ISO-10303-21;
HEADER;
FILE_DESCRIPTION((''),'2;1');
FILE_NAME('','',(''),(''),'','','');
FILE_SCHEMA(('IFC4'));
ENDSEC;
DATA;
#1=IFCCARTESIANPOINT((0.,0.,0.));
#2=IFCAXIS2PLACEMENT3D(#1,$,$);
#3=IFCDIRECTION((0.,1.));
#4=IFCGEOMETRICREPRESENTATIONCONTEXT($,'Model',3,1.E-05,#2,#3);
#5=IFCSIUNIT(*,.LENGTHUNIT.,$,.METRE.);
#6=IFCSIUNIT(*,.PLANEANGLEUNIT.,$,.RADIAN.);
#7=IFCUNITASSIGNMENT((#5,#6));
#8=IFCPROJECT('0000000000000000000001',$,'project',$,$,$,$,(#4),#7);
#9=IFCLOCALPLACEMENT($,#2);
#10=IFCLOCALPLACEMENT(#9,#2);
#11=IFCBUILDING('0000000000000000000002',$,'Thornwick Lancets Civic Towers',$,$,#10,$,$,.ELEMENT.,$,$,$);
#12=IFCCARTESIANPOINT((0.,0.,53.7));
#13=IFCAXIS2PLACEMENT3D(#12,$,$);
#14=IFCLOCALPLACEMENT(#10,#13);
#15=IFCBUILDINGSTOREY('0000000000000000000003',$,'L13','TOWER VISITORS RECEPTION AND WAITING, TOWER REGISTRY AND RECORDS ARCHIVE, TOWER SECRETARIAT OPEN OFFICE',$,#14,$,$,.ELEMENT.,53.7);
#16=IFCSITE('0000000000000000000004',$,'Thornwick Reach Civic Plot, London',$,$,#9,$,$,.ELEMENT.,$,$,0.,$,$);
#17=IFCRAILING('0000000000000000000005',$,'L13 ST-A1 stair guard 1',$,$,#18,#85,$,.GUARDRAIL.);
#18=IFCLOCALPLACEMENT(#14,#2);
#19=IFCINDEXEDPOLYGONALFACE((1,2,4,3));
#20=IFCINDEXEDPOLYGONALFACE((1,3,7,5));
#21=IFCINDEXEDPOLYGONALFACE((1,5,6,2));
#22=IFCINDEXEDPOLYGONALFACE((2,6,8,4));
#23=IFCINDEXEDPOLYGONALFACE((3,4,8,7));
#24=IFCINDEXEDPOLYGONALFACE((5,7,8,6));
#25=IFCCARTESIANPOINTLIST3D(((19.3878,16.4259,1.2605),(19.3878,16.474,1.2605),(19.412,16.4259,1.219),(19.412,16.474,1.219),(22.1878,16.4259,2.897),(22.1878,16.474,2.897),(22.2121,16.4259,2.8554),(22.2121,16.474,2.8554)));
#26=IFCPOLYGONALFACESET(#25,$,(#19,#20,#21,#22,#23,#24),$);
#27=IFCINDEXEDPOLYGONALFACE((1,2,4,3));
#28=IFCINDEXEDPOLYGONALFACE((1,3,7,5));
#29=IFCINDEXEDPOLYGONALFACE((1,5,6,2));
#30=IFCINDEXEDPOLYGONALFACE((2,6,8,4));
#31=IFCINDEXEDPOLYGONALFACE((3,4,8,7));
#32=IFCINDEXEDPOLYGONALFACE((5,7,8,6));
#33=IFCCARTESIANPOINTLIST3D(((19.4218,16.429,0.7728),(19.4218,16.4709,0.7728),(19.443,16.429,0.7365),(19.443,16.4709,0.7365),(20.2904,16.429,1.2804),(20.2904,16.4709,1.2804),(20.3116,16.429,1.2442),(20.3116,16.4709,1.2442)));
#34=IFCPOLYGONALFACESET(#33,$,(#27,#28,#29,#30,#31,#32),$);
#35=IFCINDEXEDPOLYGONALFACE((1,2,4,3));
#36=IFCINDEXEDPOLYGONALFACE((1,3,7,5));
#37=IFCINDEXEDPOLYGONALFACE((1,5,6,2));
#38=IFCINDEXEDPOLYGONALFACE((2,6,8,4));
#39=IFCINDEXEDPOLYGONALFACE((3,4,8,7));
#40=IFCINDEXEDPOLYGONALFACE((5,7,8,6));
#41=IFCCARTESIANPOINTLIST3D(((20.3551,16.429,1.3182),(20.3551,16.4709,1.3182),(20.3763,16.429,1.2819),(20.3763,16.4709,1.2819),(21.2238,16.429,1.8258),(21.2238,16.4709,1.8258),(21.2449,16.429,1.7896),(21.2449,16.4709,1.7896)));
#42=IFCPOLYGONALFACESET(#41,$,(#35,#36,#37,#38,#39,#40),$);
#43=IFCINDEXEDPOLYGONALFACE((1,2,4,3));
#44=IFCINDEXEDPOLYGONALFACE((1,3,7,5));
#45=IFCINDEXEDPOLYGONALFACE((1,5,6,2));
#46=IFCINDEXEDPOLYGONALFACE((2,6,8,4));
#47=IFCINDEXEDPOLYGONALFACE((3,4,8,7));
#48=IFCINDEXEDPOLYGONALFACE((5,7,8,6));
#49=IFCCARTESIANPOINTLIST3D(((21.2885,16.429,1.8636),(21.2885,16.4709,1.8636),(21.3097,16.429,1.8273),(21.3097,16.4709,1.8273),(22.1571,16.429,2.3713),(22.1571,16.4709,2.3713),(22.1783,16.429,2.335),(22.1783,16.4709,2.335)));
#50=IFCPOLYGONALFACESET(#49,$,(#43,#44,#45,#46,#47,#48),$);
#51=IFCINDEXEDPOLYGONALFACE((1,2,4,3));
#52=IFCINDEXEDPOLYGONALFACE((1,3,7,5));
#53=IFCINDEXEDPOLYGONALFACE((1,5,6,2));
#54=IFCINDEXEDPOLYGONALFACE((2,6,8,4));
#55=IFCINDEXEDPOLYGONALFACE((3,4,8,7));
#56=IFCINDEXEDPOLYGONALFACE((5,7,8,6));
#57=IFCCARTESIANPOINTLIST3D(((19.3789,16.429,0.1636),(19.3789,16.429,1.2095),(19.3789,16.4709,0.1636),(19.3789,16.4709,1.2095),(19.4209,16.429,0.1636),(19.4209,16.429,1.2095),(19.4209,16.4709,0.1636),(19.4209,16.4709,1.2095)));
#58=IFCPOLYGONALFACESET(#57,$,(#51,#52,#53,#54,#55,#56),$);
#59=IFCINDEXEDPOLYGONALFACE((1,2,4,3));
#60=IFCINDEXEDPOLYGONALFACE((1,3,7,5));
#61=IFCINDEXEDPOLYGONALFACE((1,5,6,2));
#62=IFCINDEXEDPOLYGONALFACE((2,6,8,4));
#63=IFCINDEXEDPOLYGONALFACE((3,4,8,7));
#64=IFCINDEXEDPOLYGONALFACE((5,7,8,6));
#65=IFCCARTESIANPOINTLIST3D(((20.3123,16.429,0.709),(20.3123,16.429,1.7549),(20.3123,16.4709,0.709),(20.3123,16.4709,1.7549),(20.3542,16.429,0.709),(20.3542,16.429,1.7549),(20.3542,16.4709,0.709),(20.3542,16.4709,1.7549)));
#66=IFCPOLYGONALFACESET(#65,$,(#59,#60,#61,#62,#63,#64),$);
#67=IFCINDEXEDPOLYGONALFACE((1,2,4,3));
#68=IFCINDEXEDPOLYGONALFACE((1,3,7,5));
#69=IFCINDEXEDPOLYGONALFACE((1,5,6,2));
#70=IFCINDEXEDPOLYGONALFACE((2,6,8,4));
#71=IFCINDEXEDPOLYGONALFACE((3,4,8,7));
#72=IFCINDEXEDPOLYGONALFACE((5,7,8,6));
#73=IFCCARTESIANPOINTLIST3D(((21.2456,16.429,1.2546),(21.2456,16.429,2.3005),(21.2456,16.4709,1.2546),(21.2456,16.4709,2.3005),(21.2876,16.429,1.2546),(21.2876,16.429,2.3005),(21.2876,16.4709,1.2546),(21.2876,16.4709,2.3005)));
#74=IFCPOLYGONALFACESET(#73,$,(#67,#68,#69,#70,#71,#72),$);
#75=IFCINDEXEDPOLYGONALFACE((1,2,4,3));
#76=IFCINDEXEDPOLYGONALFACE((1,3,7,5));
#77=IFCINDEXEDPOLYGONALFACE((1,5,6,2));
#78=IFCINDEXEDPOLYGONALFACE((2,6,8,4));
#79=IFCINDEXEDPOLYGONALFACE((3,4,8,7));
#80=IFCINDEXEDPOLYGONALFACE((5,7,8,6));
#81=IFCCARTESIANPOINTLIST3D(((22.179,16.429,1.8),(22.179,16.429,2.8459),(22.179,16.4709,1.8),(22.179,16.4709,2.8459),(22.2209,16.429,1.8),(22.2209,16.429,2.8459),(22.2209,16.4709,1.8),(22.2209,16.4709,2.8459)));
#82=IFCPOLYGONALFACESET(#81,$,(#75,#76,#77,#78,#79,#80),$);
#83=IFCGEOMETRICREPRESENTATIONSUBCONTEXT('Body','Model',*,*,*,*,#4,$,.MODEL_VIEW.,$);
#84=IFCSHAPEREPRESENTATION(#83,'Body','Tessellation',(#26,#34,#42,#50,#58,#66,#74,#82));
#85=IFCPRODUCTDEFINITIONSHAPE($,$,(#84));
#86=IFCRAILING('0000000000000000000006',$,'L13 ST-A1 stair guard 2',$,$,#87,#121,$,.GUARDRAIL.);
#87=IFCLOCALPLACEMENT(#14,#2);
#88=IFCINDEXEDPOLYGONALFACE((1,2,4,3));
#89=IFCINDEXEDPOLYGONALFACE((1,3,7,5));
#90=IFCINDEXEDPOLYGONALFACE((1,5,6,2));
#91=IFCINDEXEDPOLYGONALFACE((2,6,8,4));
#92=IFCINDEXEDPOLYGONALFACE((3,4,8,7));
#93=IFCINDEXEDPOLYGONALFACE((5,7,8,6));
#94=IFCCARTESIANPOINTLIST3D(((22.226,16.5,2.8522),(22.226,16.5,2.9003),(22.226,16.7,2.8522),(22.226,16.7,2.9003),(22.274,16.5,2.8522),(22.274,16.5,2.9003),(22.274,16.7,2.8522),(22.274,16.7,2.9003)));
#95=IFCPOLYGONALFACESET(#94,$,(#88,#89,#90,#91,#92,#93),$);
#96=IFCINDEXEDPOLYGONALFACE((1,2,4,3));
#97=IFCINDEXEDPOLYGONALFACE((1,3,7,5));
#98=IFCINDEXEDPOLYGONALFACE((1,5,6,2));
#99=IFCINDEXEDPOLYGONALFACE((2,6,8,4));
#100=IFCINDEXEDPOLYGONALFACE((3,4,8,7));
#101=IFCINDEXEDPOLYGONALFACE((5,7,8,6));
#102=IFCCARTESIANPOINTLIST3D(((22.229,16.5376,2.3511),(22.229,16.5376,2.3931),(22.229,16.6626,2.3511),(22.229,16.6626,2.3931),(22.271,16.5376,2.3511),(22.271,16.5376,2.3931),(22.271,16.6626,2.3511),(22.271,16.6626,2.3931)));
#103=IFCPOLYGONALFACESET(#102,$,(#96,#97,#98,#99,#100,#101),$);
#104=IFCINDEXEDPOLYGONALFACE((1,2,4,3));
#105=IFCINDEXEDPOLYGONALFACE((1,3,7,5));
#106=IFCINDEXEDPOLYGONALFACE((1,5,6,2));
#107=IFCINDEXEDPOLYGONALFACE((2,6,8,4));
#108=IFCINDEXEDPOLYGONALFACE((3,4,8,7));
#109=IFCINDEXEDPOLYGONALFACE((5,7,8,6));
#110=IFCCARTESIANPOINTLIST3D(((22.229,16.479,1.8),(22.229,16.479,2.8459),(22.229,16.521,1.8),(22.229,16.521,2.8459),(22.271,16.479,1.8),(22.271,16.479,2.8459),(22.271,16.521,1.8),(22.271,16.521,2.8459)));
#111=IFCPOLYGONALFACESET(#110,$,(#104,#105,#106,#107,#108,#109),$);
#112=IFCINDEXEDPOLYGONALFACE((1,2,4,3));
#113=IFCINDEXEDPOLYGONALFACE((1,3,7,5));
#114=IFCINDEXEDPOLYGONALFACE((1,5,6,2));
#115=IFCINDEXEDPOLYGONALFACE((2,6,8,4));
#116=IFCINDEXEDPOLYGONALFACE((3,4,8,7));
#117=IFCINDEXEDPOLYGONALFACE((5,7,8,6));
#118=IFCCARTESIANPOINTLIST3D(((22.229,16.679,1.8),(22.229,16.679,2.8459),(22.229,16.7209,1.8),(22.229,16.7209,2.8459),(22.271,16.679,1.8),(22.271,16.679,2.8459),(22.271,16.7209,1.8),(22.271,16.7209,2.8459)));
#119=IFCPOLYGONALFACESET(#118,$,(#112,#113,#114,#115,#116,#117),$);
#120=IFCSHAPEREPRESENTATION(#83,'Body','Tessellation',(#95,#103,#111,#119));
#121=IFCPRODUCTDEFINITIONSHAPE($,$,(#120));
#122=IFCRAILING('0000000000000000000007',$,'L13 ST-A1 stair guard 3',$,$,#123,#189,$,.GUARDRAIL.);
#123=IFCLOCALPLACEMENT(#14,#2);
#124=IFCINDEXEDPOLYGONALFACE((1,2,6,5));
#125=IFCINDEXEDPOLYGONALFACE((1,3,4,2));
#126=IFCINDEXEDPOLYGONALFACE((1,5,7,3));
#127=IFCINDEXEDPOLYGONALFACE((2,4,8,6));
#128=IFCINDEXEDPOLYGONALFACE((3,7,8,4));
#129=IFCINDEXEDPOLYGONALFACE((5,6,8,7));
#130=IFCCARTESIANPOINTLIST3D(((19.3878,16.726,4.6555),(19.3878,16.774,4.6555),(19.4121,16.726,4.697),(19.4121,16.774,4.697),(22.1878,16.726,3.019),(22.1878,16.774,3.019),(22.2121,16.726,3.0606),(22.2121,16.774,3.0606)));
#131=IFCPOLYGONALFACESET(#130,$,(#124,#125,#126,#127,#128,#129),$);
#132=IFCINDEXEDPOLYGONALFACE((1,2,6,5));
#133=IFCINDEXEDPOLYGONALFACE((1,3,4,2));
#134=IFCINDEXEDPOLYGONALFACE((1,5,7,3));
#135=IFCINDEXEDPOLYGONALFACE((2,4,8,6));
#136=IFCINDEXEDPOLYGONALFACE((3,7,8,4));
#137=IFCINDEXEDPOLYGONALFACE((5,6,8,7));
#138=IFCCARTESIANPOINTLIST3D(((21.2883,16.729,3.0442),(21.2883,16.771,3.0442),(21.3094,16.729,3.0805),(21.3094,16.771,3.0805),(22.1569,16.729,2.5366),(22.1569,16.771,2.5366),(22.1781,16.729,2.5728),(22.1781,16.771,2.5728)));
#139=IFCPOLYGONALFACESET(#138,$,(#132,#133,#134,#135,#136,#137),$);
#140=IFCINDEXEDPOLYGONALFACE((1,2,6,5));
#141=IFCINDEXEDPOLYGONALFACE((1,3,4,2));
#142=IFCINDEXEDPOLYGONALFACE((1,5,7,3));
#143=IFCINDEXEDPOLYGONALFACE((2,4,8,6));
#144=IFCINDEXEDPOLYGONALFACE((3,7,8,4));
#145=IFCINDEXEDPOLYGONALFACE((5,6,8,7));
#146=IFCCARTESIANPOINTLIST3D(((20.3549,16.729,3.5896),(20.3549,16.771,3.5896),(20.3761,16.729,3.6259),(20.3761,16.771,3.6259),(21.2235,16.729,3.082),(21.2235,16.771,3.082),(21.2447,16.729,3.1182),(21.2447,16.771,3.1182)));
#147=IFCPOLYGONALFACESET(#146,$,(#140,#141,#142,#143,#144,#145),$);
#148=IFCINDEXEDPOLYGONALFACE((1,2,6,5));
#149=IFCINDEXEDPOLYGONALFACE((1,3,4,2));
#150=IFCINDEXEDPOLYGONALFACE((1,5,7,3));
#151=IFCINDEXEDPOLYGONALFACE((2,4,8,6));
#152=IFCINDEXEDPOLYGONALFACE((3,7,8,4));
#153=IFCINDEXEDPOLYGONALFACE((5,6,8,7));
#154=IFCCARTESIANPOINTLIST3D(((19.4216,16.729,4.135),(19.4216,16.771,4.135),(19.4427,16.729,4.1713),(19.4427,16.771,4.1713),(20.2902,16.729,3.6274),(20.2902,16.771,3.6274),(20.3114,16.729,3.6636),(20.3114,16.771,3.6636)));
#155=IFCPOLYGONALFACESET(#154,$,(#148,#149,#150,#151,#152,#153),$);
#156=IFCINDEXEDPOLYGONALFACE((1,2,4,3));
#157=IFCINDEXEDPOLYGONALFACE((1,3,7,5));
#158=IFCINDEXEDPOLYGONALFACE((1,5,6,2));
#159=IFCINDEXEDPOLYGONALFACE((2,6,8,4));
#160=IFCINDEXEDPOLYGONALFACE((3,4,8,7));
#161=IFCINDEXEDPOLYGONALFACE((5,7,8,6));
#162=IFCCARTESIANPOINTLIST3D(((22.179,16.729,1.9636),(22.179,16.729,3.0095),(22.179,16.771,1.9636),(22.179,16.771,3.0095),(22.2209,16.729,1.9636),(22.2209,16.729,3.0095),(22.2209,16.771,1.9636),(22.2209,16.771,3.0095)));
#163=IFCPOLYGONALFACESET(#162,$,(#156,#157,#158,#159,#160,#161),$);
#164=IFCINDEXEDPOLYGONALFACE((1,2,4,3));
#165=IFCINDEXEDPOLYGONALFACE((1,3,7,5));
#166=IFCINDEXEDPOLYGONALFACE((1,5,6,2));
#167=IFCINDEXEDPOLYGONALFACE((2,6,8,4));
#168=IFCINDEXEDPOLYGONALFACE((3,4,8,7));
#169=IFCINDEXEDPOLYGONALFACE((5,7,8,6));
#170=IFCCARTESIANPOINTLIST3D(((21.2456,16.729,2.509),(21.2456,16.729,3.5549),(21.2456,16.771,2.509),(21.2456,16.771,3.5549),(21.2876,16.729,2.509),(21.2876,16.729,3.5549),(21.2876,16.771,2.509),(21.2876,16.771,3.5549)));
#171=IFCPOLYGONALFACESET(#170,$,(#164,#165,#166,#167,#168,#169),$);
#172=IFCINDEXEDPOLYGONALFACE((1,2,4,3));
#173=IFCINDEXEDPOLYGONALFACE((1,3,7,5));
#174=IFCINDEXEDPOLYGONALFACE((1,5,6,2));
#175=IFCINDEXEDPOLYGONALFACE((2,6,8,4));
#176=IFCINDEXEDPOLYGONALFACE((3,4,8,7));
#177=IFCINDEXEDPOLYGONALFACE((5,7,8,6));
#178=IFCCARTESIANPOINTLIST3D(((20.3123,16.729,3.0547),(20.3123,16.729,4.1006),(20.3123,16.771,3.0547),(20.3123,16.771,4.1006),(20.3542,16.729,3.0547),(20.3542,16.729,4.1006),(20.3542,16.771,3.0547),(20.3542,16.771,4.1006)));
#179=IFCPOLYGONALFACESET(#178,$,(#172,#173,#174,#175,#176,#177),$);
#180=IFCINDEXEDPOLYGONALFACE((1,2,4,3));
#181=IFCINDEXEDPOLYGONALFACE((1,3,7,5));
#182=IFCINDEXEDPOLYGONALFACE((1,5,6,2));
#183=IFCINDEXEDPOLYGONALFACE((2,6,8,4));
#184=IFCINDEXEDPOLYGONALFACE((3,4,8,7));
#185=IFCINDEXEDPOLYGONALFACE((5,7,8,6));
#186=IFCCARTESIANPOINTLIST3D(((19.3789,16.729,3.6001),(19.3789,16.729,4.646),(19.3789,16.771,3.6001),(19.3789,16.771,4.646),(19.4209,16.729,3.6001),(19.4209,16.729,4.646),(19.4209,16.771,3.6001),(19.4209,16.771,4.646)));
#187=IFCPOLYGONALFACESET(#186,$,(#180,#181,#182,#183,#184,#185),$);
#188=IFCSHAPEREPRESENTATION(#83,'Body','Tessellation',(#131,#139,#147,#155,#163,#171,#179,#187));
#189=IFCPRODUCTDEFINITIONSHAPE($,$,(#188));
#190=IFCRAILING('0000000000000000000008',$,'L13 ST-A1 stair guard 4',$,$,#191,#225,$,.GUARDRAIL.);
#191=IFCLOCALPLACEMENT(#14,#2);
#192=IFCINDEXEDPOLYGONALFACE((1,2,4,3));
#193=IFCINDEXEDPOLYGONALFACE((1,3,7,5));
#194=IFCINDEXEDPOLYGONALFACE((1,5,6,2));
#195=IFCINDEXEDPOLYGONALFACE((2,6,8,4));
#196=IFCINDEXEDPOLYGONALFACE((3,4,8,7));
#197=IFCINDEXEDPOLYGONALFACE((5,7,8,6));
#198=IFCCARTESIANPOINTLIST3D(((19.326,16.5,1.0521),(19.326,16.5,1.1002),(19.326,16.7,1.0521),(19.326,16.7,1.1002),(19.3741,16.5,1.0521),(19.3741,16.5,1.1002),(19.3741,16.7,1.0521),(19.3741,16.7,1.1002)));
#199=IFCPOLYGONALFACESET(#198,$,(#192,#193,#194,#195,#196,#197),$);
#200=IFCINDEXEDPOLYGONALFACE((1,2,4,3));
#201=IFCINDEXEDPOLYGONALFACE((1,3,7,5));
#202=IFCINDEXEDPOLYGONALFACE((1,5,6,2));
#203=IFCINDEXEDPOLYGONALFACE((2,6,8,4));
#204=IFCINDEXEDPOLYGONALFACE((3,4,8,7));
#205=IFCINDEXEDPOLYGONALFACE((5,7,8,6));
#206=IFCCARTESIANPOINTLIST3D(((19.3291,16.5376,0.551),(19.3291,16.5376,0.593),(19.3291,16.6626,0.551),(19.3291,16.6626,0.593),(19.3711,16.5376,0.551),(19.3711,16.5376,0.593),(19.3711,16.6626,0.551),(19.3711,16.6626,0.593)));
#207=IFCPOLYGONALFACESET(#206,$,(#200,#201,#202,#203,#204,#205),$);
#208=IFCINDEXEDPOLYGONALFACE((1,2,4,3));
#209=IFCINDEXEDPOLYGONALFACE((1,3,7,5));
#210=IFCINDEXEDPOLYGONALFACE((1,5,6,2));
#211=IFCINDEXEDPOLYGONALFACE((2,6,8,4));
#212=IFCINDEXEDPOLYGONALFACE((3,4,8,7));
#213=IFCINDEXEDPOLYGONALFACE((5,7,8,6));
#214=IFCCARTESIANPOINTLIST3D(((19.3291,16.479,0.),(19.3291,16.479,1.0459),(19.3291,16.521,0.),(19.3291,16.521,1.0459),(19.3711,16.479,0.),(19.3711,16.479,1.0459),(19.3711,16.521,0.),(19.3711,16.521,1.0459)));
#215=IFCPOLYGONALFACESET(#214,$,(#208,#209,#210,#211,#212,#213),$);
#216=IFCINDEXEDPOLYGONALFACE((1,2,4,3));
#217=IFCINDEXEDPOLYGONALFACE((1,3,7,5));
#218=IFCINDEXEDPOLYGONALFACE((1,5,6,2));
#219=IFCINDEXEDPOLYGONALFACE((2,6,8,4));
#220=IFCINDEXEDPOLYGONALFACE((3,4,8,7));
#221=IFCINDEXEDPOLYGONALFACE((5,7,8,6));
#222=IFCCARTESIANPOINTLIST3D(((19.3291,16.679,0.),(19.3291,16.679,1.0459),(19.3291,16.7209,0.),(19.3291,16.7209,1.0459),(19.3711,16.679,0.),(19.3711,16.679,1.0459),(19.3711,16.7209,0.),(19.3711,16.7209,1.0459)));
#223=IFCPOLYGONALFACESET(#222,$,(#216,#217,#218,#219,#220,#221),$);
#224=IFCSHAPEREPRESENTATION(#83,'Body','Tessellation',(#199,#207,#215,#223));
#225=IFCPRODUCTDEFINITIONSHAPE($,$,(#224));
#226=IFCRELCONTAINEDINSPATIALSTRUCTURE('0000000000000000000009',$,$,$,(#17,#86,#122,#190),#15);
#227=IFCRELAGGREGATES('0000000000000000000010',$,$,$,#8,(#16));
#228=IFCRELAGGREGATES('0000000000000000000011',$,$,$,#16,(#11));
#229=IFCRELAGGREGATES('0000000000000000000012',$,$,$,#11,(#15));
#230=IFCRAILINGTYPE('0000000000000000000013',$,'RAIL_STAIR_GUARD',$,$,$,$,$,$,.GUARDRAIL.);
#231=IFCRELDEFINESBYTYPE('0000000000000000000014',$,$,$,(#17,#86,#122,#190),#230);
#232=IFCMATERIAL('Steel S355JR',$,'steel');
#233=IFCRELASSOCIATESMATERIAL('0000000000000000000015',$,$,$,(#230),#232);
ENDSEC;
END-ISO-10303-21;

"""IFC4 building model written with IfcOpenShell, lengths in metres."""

from ifc_helpers import new_model, si_unit, direction, frame, origin, origin_2d, place, context, subcontext, project, spatial, rectangle, extrude, material, type_object, element, save


model = new_model("IFC4")

# Units and contexts
model_context = context("Model", 3, precision=1e-05, world=origin(), true_north=direction((0.0, 1.0)))
body_context = subcontext(model_context, "Body", "Model", "MODEL_VIEW")
ifc_project = project(units=[si_unit("LENGTHUNIT", "METRE"), si_unit("PLANEANGLEUNIT", "RADIAN")], contexts=[model_context])

# Site, building, storey
site_placement = place(None, origin())
site = spatial("IfcSite", under=ifc_project, at=site_placement, Name="Thornwick Reach Civic Plot, London", CompositionType="ELEMENT", RefElevation=0.0)
building_placement = place(site_placement, origin())
building = spatial("IfcBuilding", under=site, at=building_placement, Name="Thornwick Lancets Civic Towers", CompositionType="ELEMENT")
storey_placement = place(building_placement, frame((0.0, 0.0, 53.7)))
storey = spatial("IfcBuildingStorey", under=building, at=storey_placement, Name="L13", Description="TOWER VISITORS RECEPTION AND WAITING, TOWER REGISTRY AND RECORDS ARCHIVE, TOWER SECRETARIAT OPEN OFFICE", CompositionType="ELEMENT", Elevation=53.7)

# Shared definitions
ifc_material_1 = material(Name="Steel S355JR", Category="steel")

# Railings
railing_type_1 = type_object("IfcRailingType", Name="RAIL_STAIR_GUARD", PredefinedType="GUARDRAIL", material=ifc_material_1)
railing_1_placement = place(storey_placement, frame((19.3999, 16.45, 0.1636)))
element("IfcRailing", 1, at=railing_1_placement, inside=storey, type_object=railing_type_1, Name="L13 ST-A1 stair guard 1", PredefinedType="GUARDRAIL", context=body_context, shape_type="SweptSolid", body=[
    extrude(rectangle(XDim=0.0481, YDim=0.0481, at=origin_2d()), frame((0.0, 0.0, 1.0762), z_axis=(0.863361, 0.0, 0.504587), x_axis=(0.0, 1.0, 0.0)), (0.0, 0.0, 1.0), 3.2432),
    extrude(rectangle(XDim=0.042, YDim=0.042, at=origin_2d()), frame((0.0325, 0.0, 0.5911), z_axis=(0.863361, 0.0, 0.504587), x_axis=(0.0, 1.0, 0.0)), (0.0, 0.0, 1.0), 1.0061),
    extrude(rectangle(XDim=0.042, YDim=0.042, at=origin_2d()), frame((0.9658, 0.0, 1.1365), z_axis=(0.863361, 0.0, 0.504587), x_axis=(0.0, 1.0, 0.0)), (0.0, 0.0, 1.0), 1.0061),
    extrude(rectangle(XDim=0.042, YDim=0.042, at=origin_2d()), frame((1.8992, 0.0, 1.6819), z_axis=(0.863361, 0.0, 0.504587), x_axis=(0.0, 1.0, 0.0)), (0.0, 0.0, 1.0), 1.0061),
    extrude(rectangle(XDim=0.042, YDim=0.042, at=origin_2d()), origin(), (0.0, 0.0, 1.0), 1.0459),
    extrude(rectangle(XDim=0.042, YDim=0.042, at=origin_2d()), frame((0.9333, 0.0, 0.5454)), (0.0, 0.0, 1.0), 1.0459),
    extrude(rectangle(XDim=0.042, YDim=0.042, at=origin_2d()), frame((1.8667, 0.0, 1.0911)), (0.0, 0.0, 1.0), 1.0459),
    extrude(rectangle(XDim=0.042, YDim=0.042, at=origin_2d()), frame((2.8, 0.0, 1.6365)), (0.0, 0.0, 1.0), 1.0459),
])
railing_2_placement = place(storey_placement, frame((22.25, 16.5, 1.8)))
element("IfcRailing", 2, at=railing_2_placement, inside=storey, type_object=railing_type_1, Name="L13 ST-A1 stair guard 2", PredefinedType="GUARDRAIL", context=body_context, shape_type="SweptSolid", body=[
    extrude(rectangle(XDim=0.0481, YDim=0.0481, at=origin_2d()), frame((0.0, 0.0, 1.0762), z_axis=(0.0, 1.0, 0.0), x_axis=(-1.0, 0.0, 0.0)), (0.0, 0.0, 1.0), 0.2),
    extrude(rectangle(XDim=0.042, YDim=0.042, at=origin_2d()), frame((0.0, 0.0376, 0.572), z_axis=(0.0, 1.0, 0.0), x_axis=(-1.0, 0.0, 0.0)), (0.0, 0.0, 1.0), 0.125),
    extrude(rectangle(XDim=0.042, YDim=0.042, at=origin_2d()), origin(), (0.0, 0.0, 1.0), 1.0459),
    extrude(rectangle(XDim=0.042, YDim=0.042, at=origin_2d()), frame((0.0, 0.2, 0.0)), (0.0, 0.0, 1.0), 1.0459),
])
railing_3_placement = place(storey_placement, frame((22.2, 16.75, 1.9636)))
element("IfcRailing", 3, at=railing_3_placement, inside=storey, type_object=railing_type_1, Name="L13 ST-A1 stair guard 3", PredefinedType="GUARDRAIL", context=body_context, shape_type="SweptSolid", body=[
    extrude(rectangle(XDim=0.0481, YDim=0.0481, at=origin_2d()), frame((0.0, 0.0, 1.0762), z_axis=(-0.863361, 0.0, 0.504587), x_axis=(0.0, -1.0, 0.0)), (0.0, 0.0, 1.0), 3.2432),
    extrude(rectangle(XDim=0.042, YDim=0.042, at=origin_2d()), frame((-0.0325, 0.0, 0.5911), z_axis=(-0.863361, 0.0, 0.504587), x_axis=(0.0, -1.0, 0.0)), (0.0, 0.0, 1.0), 1.0061),
    extrude(rectangle(XDim=0.042, YDim=0.042, at=origin_2d()), frame((-0.9658, 0.0, 1.1365), z_axis=(-0.863361, 0.0, 0.504587), x_axis=(0.0, -1.0, 0.0)), (0.0, 0.0, 1.0), 1.0061),
    extrude(rectangle(XDim=0.042, YDim=0.042, at=origin_2d()), frame((-1.8992, 0.0, 1.6819), z_axis=(-0.863361, 0.0, 0.504587), x_axis=(0.0, -1.0, 0.0)), (0.0, 0.0, 1.0), 1.0061),
    extrude(rectangle(XDim=0.042, YDim=0.042, at=origin_2d()), origin(), (0.0, 0.0, 1.0), 1.0459),
    extrude(rectangle(XDim=0.042, YDim=0.042, at=origin_2d()), frame((-0.9333, 0.0, 0.5454)), (0.0, 0.0, 1.0), 1.0459),
    extrude(rectangle(XDim=0.042, YDim=0.042, at=origin_2d()), frame((-1.8667, 0.0, 1.0911)), (0.0, 0.0, 1.0), 1.0459),
    extrude(rectangle(XDim=0.042, YDim=0.042, at=origin_2d()), frame((-2.8, 0.0, 1.6365)), (0.0, 0.0, 1.0), 1.0459),
])
railing_4_placement = place(storey_placement, frame((19.3501, 16.5, 0.0)))
element("IfcRailing", 4, at=railing_4_placement, inside=storey, type_object=railing_type_1, Name="L13 ST-A1 stair guard 4", PredefinedType="GUARDRAIL", context=body_context, shape_type="SweptSolid", body=[
    extrude(rectangle(XDim=0.0481, YDim=0.0481, at=origin_2d()), frame((0.0, 0.0, 1.0762), z_axis=(0.0, 1.0, 0.0), x_axis=(-1.0, 0.0, 0.0)), (0.0, 0.0, 1.0), 0.2),
    extrude(rectangle(XDim=0.042, YDim=0.042, at=origin_2d()), frame((0.0, 0.0376, 0.572), z_axis=(0.0, 1.0, 0.0), x_axis=(-1.0, 0.0, 0.0)), (0.0, 0.0, 1.0), 0.125),
    extrude(rectangle(XDim=0.042, YDim=0.042, at=origin_2d()), origin(), (0.0, 0.0, 1.0), 1.0459),
    extrude(rectangle(XDim=0.042, YDim=0.042, at=origin_2d()), frame((0.0, 0.2, 0.0)), (0.0, 0.0, 1.0), 1.0459),
])

save(model, "model.ifc")
